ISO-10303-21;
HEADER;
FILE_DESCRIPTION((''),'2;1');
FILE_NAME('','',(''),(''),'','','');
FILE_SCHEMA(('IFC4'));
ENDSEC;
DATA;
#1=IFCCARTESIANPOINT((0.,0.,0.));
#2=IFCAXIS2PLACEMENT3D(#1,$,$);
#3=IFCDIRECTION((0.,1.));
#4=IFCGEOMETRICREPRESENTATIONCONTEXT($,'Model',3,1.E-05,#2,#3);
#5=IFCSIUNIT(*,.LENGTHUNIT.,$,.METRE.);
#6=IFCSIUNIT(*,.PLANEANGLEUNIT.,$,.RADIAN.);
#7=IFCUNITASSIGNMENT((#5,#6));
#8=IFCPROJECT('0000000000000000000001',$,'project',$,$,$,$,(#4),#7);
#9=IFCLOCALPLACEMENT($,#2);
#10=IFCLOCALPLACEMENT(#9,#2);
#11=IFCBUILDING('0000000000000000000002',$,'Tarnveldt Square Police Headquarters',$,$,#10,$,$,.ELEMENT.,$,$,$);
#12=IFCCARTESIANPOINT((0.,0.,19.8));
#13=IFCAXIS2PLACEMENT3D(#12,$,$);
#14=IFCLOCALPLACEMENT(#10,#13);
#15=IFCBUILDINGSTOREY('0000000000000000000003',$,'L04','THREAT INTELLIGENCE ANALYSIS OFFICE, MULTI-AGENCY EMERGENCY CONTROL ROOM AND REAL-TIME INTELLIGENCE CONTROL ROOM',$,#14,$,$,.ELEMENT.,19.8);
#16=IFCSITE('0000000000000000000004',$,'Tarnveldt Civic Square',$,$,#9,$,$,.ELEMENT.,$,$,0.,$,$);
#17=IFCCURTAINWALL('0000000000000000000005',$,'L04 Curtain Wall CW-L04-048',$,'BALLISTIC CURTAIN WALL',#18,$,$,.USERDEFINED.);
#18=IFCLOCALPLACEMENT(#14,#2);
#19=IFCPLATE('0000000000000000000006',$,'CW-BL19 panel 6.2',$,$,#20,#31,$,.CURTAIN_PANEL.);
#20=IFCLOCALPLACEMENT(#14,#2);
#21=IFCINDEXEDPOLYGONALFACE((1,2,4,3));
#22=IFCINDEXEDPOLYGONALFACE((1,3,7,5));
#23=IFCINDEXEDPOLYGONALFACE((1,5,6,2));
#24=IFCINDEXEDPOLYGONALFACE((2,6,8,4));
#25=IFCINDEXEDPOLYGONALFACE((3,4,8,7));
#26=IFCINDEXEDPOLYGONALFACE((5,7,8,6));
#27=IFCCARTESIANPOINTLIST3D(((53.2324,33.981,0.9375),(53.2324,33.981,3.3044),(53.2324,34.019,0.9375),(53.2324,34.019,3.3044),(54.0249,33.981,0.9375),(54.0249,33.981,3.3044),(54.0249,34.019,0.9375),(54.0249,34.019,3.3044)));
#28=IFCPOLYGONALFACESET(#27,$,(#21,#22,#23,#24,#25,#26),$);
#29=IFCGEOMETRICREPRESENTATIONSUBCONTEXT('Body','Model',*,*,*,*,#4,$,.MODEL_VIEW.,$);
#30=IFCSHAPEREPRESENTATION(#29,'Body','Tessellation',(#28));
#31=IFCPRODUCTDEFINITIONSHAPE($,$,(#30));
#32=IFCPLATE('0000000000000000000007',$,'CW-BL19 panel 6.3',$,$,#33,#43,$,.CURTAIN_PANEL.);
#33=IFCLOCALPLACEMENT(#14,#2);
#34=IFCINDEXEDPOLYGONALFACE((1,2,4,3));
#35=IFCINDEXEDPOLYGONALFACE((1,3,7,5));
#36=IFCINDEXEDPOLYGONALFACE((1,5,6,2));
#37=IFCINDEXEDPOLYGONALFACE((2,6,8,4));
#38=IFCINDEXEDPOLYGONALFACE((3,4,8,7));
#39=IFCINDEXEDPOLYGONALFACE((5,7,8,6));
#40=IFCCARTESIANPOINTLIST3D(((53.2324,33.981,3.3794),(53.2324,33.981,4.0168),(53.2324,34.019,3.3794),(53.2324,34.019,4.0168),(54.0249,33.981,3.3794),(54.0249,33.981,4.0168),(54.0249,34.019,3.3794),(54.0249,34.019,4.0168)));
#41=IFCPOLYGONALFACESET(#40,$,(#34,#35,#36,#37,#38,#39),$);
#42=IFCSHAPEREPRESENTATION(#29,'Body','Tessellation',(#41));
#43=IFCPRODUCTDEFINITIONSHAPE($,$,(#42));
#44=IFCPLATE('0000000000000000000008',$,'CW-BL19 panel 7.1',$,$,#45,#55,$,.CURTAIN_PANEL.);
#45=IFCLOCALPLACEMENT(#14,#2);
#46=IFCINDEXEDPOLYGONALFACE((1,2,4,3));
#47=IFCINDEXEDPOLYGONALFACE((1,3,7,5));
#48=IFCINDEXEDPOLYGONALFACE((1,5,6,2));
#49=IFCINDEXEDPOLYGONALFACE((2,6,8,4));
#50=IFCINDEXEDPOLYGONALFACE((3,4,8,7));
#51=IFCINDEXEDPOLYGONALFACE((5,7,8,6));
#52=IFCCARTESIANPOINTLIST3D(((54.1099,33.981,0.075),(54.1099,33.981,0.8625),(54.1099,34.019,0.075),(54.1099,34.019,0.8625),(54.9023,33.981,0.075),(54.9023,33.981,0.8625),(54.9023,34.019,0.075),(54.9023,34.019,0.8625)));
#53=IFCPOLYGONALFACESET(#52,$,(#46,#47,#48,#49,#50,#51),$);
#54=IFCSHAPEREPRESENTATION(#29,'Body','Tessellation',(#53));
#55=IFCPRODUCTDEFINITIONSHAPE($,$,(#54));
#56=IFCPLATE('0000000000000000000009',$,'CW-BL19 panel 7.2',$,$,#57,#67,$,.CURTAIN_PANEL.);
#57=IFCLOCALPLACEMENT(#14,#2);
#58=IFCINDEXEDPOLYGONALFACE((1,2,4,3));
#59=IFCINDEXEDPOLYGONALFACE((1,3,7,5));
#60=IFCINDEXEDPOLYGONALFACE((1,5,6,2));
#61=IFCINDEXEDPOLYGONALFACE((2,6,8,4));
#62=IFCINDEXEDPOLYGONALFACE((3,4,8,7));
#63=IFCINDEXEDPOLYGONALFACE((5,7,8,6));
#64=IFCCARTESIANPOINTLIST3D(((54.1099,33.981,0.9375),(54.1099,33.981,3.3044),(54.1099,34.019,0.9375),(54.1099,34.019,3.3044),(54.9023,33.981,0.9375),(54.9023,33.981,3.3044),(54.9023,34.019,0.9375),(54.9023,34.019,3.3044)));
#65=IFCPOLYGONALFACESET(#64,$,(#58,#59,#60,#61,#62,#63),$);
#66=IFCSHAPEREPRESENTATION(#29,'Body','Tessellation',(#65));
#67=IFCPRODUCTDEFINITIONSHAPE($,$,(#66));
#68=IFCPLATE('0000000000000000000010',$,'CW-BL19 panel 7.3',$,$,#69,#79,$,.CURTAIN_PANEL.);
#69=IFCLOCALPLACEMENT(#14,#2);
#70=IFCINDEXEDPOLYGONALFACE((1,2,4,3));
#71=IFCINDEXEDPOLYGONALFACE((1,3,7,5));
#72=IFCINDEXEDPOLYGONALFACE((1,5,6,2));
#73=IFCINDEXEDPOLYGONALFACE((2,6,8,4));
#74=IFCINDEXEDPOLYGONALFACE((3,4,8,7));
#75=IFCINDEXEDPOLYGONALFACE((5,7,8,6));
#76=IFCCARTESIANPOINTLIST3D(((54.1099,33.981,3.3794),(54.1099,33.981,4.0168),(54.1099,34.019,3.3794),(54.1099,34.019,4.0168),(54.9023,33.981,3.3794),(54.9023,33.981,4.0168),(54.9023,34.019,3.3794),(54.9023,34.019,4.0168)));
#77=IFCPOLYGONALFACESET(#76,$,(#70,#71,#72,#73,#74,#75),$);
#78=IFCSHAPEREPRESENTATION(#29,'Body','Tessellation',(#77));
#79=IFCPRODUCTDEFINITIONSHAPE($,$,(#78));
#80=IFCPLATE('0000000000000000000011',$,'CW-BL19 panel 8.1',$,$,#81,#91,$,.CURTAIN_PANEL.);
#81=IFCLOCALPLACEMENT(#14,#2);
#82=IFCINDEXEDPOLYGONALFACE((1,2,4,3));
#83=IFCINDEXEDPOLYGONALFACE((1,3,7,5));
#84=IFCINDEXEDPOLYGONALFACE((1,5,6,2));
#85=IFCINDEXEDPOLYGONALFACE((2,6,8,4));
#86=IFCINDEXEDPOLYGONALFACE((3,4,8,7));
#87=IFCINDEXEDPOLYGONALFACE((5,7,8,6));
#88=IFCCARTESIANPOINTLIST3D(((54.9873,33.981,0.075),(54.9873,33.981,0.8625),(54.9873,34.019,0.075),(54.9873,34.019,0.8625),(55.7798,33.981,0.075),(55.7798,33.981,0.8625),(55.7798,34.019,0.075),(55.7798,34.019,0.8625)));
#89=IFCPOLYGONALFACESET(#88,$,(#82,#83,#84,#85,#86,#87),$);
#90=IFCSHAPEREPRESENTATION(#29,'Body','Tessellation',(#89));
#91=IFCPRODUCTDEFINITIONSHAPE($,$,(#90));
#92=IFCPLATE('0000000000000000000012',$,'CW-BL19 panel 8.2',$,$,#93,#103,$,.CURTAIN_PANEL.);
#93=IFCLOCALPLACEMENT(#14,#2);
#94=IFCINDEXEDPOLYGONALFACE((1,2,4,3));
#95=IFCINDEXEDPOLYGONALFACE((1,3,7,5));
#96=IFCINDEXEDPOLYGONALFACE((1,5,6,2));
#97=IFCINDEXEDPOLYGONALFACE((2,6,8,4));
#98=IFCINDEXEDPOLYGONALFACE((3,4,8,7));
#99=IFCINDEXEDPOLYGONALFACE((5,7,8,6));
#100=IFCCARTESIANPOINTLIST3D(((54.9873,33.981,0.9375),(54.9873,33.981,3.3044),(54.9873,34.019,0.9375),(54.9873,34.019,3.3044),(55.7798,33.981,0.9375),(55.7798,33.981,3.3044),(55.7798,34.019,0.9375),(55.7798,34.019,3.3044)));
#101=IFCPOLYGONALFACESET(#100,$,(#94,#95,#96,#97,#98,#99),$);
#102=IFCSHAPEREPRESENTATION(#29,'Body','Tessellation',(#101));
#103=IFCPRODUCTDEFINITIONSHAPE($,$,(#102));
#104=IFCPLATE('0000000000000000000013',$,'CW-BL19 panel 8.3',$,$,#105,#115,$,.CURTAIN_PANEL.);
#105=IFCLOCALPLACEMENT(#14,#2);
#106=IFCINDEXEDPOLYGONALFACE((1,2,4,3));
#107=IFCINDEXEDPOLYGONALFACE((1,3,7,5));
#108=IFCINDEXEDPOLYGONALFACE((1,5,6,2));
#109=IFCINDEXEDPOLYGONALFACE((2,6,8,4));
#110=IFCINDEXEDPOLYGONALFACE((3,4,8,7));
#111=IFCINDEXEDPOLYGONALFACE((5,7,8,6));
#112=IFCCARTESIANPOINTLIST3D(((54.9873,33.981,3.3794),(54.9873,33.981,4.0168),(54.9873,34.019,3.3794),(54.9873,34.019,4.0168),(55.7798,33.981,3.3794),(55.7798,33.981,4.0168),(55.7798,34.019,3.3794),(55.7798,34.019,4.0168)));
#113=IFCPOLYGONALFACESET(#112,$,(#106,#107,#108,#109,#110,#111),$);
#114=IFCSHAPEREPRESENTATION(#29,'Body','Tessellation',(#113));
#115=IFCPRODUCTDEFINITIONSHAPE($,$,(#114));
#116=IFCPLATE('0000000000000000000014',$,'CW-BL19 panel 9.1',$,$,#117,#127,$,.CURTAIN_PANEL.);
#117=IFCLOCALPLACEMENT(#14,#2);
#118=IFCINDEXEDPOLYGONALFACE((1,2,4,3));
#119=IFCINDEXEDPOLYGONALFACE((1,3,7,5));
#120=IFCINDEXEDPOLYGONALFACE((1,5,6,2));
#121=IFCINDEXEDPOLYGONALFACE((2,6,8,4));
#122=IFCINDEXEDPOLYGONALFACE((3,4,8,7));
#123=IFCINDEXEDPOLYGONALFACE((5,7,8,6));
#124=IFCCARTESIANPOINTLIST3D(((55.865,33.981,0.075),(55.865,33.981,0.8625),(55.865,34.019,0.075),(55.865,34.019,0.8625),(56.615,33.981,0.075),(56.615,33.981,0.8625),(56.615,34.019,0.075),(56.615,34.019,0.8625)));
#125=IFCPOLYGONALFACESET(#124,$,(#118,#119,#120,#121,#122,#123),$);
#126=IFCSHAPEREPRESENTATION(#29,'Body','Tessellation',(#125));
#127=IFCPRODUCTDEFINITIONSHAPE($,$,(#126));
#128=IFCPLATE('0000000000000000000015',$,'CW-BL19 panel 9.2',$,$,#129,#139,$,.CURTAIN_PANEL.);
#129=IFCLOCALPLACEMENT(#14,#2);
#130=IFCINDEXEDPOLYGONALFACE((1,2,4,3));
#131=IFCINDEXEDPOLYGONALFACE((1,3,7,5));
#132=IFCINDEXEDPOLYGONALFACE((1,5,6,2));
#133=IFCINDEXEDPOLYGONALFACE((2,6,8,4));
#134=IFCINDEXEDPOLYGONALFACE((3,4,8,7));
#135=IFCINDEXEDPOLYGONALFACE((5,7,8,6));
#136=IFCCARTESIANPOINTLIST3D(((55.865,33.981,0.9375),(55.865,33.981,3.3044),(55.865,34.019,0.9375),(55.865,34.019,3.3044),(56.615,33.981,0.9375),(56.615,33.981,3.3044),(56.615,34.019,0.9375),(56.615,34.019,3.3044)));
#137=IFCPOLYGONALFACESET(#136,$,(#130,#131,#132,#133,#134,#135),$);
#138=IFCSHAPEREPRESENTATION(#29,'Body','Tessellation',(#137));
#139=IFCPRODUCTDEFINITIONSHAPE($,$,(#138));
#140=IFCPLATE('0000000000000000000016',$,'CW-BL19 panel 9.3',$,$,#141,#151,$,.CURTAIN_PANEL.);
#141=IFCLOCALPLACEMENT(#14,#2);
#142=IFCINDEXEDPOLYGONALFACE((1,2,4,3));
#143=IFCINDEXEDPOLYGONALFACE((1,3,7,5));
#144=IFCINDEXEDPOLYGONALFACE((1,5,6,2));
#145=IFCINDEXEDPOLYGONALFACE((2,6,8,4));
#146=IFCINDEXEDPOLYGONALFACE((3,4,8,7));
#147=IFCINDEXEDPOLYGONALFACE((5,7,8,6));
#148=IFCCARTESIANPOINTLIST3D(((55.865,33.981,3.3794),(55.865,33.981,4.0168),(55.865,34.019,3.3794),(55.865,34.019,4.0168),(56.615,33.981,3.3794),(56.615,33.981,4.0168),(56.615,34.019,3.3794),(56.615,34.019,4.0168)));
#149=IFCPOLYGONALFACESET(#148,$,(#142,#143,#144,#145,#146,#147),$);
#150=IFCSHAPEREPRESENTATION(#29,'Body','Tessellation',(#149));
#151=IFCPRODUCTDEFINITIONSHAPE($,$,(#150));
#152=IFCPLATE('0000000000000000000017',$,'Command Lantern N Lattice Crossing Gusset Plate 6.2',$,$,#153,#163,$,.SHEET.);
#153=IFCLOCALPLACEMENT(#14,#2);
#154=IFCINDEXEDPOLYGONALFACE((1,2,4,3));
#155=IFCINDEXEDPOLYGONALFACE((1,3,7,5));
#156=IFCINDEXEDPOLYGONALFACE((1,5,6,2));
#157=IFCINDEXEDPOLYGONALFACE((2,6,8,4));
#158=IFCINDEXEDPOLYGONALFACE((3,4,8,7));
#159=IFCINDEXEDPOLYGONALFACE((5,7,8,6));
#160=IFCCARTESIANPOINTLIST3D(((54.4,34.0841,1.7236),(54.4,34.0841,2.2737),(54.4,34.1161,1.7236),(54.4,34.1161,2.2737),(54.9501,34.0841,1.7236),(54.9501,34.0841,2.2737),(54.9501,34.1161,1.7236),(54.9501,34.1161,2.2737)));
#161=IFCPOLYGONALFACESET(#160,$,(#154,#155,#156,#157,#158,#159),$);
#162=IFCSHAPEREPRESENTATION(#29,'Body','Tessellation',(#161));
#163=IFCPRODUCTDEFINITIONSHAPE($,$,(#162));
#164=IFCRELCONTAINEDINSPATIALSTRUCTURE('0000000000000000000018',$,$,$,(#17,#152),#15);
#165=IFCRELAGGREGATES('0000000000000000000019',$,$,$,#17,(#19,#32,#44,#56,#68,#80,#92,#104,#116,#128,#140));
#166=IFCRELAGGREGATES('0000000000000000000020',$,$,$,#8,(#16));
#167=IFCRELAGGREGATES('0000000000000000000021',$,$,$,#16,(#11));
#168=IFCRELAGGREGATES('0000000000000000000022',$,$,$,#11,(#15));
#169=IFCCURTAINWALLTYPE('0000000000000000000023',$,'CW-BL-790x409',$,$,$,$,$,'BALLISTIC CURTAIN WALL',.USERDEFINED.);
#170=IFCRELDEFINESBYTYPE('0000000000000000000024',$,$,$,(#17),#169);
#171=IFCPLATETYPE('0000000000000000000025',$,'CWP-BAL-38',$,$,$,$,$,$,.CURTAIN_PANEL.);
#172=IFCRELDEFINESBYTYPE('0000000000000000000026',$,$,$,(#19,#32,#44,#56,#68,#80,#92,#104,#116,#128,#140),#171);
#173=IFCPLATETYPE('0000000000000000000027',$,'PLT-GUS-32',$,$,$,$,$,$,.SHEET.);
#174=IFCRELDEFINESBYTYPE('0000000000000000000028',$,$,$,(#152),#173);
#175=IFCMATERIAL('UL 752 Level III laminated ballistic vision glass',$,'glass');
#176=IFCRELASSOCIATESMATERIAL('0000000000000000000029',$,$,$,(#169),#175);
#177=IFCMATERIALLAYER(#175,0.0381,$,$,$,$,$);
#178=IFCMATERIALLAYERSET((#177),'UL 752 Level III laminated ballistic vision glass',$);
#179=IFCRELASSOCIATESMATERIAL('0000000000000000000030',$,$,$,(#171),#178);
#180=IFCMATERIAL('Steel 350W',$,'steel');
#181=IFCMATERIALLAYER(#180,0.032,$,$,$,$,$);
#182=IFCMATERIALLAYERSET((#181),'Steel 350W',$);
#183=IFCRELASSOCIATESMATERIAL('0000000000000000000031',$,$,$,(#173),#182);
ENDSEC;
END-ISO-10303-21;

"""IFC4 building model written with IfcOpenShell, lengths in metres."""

from ifc_helpers import new_model, si_unit, direction, frame, origin, origin_2d, place, context, subcontext, project, spatial, rectangle, extrude, material, layer, layer_set, type_object, element, aggregate, save


model = new_model("IFC4")

# Units and contexts
model_context = context("Model", 3, precision=1e-05, world=origin(), true_north=direction((0.0, 1.0)))
body_context = subcontext(model_context, "Body", "Model", "MODEL_VIEW")
ifc_project = project(units=[si_unit("LENGTHUNIT", "METRE"), si_unit("PLANEANGLEUNIT", "RADIAN")], contexts=[model_context])

# Site, building, storey
site_placement = place(None, origin())
site = spatial("IfcSite", under=ifc_project, at=site_placement, Name="Tarnveldt Civic Square", CompositionType="ELEMENT", RefElevation=0.0)
building_placement = place(site_placement, origin())
building = spatial("IfcBuilding", under=site, at=building_placement, Name="Tarnveldt Square Police Headquarters", CompositionType="ELEMENT")
storey_placement = place(building_placement, frame((0.0, 0.0, 19.8)))
storey = spatial("IfcBuildingStorey", under=building, at=storey_placement, Name="L04", Description="THREAT INTELLIGENCE ANALYSIS OFFICE, MULTI-AGENCY EMERGENCY CONTROL ROOM AND REAL-TIME INTELLIGENCE CONTROL ROOM", CompositionType="ELEMENT", Elevation=19.8)

# Curtain wall
ifc_material_1 = material(Name="UL 752 Level III laminated ballistic vision glass", Category="glass")
curtain_wall_type = type_object("IfcCurtainWallType", Name="CW-BL-790x409", ElementType="BALLISTIC CURTAIN WALL", PredefinedType="USERDEFINED", material=ifc_material_1)
curtain_wall_placement = place(storey_placement, origin())
curtain_wall = element("IfcCurtainWall", 1, at=curtain_wall_placement, inside=storey, type_object=curtain_wall_type, Name="L04 Curtain Wall CW-L04-048", ObjectType="BALLISTIC CURTAIN WALL", PredefinedType="USERDEFINED")

# Shared definitions
ifc_material_2 = material(Name="Steel 350W", Category="steel")

# Plates
ifc_layer_1 = layer(ifc_material_1, 0.0381)
ifc_layer_set_1 = layer_set([ifc_layer_1], Name="UL 752 Level III laminated ballistic vision glass")
plate_type_1 = type_object("IfcPlateType", Name="CWP-BAL-38", PredefinedType="CURTAIN_PANEL", material=ifc_layer_set_1)
plate_1_placement = place(storey_placement, frame((53.6287, 34.0, 0.9375), z_axis=(0.0, 0.0, 1.0), x_axis=(1.0, 0.0, 0.0)))
plate_1 = element("IfcPlate", 2, at=plate_1_placement, type_object=plate_type_1, Name="CW-BL19 panel 6.2", PredefinedType="CURTAIN_PANEL", context=body_context, shape_type="SweptSolid", body=[
    extrude(rectangle(XDim=0.7925, YDim=0.0381, at=origin_2d()), origin(), (0.0, 0.0, 1.0), 2.3669),
])
plate_2_placement = place(storey_placement, frame((53.6287, 34.0, 3.3794), z_axis=(0.0, 0.0, 1.0), x_axis=(1.0, 0.0, 0.0)))
plate_2 = element("IfcPlate", 3, at=plate_2_placement, type_object=plate_type_1, Name="CW-BL19 panel 6.3", PredefinedType="CURTAIN_PANEL", context=body_context, shape_type="SweptSolid", body=[
    extrude(rectangle(XDim=0.7925, YDim=0.0381, at=origin_2d()), origin(), (0.0, 0.0, 1.0), 0.6375),
])
plate_3_placement = place(storey_placement, frame((54.5061, 34.0, 0.075), z_axis=(0.0, 0.0, 1.0), x_axis=(1.0, 0.0, 0.0)))
plate_3 = element("IfcPlate", 4, at=plate_3_placement, type_object=plate_type_1, Name="CW-BL19 panel 7.1", PredefinedType="CURTAIN_PANEL", context=body_context, shape_type="SweptSolid", body=[
    extrude(rectangle(XDim=0.7925, YDim=0.0381, at=origin_2d()), origin(), (0.0, 0.0, 1.0), 0.7876),
])
plate_4_placement = place(storey_placement, frame((54.5061, 34.0, 0.9375), z_axis=(0.0, 0.0, 1.0), x_axis=(1.0, 0.0, 0.0)))
plate_4 = element("IfcPlate", 5, at=plate_4_placement, type_object=plate_type_1, Name="CW-BL19 panel 7.2", PredefinedType="CURTAIN_PANEL", context=body_context, shape_type="SweptSolid", body=[
    extrude(rectangle(XDim=0.7925, YDim=0.0381, at=origin_2d()), origin(), (0.0, 0.0, 1.0), 2.3669),
])
plate_5_placement = place(storey_placement, frame((54.5061, 34.0, 3.3794), z_axis=(0.0, 0.0, 1.0), x_axis=(1.0, 0.0, 0.0)))
plate_5 = element("IfcPlate", 6, at=plate_5_placement, type_object=plate_type_1, Name="CW-BL19 panel 7.3", PredefinedType="CURTAIN_PANEL", context=body_context, shape_type="SweptSolid", body=[
    extrude(rectangle(XDim=0.7925, YDim=0.0381, at=origin_2d()), origin(), (0.0, 0.0, 1.0), 0.6375),
])
plate_6_placement = place(storey_placement, frame((55.3835, 34.0, 0.075), z_axis=(0.0, 0.0, 1.0), x_axis=(1.0, 0.0, 0.0)))
plate_6 = element("IfcPlate", 7, at=plate_6_placement, type_object=plate_type_1, Name="CW-BL19 panel 8.1", PredefinedType="CURTAIN_PANEL", context=body_context, shape_type="SweptSolid", body=[
    extrude(rectangle(XDim=0.7925, YDim=0.0381, at=origin_2d()), origin(), (0.0, 0.0, 1.0), 0.7876),
])
plate_7_placement = place(storey_placement, frame((55.3835, 34.0, 0.9375), z_axis=(0.0, 0.0, 1.0), x_axis=(1.0, 0.0, 0.0)))
plate_7 = element("IfcPlate", 8, at=plate_7_placement, type_object=plate_type_1, Name="CW-BL19 panel 8.2", PredefinedType="CURTAIN_PANEL", context=body_context, shape_type="SweptSolid", body=[
    extrude(rectangle(XDim=0.7925, YDim=0.0381, at=origin_2d()), origin(), (0.0, 0.0, 1.0), 2.3669),
])
plate_8_placement = place(storey_placement, frame((55.3835, 34.0, 3.3794), z_axis=(0.0, 0.0, 1.0), x_axis=(1.0, 0.0, 0.0)))
plate_8 = element("IfcPlate", 9, at=plate_8_placement, type_object=plate_type_1, Name="CW-BL19 panel 8.3", PredefinedType="CURTAIN_PANEL", context=body_context, shape_type="SweptSolid", body=[
    extrude(rectangle(XDim=0.7925, YDim=0.0381, at=origin_2d()), origin(), (0.0, 0.0, 1.0), 0.6375),
])
plate_9_placement = place(storey_placement, frame((56.24, 34.0, 0.075), z_axis=(0.0, 0.0, 1.0), x_axis=(1.0, 0.0, 0.0)))
plate_9 = element("IfcPlate", 10, at=plate_9_placement, type_object=plate_type_1, Name="CW-BL19 panel 9.1", PredefinedType="CURTAIN_PANEL", context=body_context, shape_type="SweptSolid", body=[
    extrude(rectangle(XDim=0.75, YDim=0.0381, at=origin_2d()), origin(), (0.0, 0.0, 1.0), 0.7876),
])
plate_10_placement = place(storey_placement, frame((56.24, 34.0, 0.9375), z_axis=(0.0, 0.0, 1.0), x_axis=(1.0, 0.0, 0.0)))
plate_10 = element("IfcPlate", 11, at=plate_10_placement, type_object=plate_type_1, Name="CW-BL19 panel 9.2", PredefinedType="CURTAIN_PANEL", context=body_context, shape_type="SweptSolid", body=[
    extrude(rectangle(XDim=0.75, YDim=0.0381, at=origin_2d()), origin(), (0.0, 0.0, 1.0), 2.3669),
])
plate_11_placement = place(storey_placement, frame((56.24, 34.0, 3.3794), z_axis=(0.0, 0.0, 1.0), x_axis=(1.0, 0.0, 0.0)))
plate_11 = element("IfcPlate", 12, at=plate_11_placement, type_object=plate_type_1, Name="CW-BL19 panel 9.3", PredefinedType="CURTAIN_PANEL", context=body_context, shape_type="SweptSolid", body=[
    extrude(rectangle(XDim=0.75, YDim=0.0381, at=origin_2d()), origin(), (0.0, 0.0, 1.0), 0.6375),
])
aggregate(curtain_wall, [plate_1, plate_2, plate_3, plate_4, plate_5, plate_6, plate_7, plate_8, plate_9, plate_10, plate_11])
ifc_layer_2 = layer(ifc_material_2, 0.032)
ifc_layer_set_2 = layer_set([ifc_layer_2], Name="Steel 350W")
plate_type_2 = type_object("IfcPlateType", Name="PLT-GUS-32", PredefinedType="SHEET", material=ifc_layer_set_2)
plate_12_placement = place(storey_placement, frame((54.675, 34.1001, 1.7236), z_axis=(0.0, 0.0, 1.0), x_axis=(1.0, 0.0, 0.0)))
element("IfcPlate", 13, at=plate_12_placement, inside=storey, type_object=plate_type_2, Name="Command Lantern N Lattice Crossing Gusset Plate 6.2", PredefinedType="SHEET", context=body_context, shape_type="SweptSolid", body=[
    extrude(rectangle(XDim=0.55, YDim=0.032, at=origin_2d()), origin(), (0.0, 0.0, 1.0), 0.55),
])

save(model, "model.ifc")
